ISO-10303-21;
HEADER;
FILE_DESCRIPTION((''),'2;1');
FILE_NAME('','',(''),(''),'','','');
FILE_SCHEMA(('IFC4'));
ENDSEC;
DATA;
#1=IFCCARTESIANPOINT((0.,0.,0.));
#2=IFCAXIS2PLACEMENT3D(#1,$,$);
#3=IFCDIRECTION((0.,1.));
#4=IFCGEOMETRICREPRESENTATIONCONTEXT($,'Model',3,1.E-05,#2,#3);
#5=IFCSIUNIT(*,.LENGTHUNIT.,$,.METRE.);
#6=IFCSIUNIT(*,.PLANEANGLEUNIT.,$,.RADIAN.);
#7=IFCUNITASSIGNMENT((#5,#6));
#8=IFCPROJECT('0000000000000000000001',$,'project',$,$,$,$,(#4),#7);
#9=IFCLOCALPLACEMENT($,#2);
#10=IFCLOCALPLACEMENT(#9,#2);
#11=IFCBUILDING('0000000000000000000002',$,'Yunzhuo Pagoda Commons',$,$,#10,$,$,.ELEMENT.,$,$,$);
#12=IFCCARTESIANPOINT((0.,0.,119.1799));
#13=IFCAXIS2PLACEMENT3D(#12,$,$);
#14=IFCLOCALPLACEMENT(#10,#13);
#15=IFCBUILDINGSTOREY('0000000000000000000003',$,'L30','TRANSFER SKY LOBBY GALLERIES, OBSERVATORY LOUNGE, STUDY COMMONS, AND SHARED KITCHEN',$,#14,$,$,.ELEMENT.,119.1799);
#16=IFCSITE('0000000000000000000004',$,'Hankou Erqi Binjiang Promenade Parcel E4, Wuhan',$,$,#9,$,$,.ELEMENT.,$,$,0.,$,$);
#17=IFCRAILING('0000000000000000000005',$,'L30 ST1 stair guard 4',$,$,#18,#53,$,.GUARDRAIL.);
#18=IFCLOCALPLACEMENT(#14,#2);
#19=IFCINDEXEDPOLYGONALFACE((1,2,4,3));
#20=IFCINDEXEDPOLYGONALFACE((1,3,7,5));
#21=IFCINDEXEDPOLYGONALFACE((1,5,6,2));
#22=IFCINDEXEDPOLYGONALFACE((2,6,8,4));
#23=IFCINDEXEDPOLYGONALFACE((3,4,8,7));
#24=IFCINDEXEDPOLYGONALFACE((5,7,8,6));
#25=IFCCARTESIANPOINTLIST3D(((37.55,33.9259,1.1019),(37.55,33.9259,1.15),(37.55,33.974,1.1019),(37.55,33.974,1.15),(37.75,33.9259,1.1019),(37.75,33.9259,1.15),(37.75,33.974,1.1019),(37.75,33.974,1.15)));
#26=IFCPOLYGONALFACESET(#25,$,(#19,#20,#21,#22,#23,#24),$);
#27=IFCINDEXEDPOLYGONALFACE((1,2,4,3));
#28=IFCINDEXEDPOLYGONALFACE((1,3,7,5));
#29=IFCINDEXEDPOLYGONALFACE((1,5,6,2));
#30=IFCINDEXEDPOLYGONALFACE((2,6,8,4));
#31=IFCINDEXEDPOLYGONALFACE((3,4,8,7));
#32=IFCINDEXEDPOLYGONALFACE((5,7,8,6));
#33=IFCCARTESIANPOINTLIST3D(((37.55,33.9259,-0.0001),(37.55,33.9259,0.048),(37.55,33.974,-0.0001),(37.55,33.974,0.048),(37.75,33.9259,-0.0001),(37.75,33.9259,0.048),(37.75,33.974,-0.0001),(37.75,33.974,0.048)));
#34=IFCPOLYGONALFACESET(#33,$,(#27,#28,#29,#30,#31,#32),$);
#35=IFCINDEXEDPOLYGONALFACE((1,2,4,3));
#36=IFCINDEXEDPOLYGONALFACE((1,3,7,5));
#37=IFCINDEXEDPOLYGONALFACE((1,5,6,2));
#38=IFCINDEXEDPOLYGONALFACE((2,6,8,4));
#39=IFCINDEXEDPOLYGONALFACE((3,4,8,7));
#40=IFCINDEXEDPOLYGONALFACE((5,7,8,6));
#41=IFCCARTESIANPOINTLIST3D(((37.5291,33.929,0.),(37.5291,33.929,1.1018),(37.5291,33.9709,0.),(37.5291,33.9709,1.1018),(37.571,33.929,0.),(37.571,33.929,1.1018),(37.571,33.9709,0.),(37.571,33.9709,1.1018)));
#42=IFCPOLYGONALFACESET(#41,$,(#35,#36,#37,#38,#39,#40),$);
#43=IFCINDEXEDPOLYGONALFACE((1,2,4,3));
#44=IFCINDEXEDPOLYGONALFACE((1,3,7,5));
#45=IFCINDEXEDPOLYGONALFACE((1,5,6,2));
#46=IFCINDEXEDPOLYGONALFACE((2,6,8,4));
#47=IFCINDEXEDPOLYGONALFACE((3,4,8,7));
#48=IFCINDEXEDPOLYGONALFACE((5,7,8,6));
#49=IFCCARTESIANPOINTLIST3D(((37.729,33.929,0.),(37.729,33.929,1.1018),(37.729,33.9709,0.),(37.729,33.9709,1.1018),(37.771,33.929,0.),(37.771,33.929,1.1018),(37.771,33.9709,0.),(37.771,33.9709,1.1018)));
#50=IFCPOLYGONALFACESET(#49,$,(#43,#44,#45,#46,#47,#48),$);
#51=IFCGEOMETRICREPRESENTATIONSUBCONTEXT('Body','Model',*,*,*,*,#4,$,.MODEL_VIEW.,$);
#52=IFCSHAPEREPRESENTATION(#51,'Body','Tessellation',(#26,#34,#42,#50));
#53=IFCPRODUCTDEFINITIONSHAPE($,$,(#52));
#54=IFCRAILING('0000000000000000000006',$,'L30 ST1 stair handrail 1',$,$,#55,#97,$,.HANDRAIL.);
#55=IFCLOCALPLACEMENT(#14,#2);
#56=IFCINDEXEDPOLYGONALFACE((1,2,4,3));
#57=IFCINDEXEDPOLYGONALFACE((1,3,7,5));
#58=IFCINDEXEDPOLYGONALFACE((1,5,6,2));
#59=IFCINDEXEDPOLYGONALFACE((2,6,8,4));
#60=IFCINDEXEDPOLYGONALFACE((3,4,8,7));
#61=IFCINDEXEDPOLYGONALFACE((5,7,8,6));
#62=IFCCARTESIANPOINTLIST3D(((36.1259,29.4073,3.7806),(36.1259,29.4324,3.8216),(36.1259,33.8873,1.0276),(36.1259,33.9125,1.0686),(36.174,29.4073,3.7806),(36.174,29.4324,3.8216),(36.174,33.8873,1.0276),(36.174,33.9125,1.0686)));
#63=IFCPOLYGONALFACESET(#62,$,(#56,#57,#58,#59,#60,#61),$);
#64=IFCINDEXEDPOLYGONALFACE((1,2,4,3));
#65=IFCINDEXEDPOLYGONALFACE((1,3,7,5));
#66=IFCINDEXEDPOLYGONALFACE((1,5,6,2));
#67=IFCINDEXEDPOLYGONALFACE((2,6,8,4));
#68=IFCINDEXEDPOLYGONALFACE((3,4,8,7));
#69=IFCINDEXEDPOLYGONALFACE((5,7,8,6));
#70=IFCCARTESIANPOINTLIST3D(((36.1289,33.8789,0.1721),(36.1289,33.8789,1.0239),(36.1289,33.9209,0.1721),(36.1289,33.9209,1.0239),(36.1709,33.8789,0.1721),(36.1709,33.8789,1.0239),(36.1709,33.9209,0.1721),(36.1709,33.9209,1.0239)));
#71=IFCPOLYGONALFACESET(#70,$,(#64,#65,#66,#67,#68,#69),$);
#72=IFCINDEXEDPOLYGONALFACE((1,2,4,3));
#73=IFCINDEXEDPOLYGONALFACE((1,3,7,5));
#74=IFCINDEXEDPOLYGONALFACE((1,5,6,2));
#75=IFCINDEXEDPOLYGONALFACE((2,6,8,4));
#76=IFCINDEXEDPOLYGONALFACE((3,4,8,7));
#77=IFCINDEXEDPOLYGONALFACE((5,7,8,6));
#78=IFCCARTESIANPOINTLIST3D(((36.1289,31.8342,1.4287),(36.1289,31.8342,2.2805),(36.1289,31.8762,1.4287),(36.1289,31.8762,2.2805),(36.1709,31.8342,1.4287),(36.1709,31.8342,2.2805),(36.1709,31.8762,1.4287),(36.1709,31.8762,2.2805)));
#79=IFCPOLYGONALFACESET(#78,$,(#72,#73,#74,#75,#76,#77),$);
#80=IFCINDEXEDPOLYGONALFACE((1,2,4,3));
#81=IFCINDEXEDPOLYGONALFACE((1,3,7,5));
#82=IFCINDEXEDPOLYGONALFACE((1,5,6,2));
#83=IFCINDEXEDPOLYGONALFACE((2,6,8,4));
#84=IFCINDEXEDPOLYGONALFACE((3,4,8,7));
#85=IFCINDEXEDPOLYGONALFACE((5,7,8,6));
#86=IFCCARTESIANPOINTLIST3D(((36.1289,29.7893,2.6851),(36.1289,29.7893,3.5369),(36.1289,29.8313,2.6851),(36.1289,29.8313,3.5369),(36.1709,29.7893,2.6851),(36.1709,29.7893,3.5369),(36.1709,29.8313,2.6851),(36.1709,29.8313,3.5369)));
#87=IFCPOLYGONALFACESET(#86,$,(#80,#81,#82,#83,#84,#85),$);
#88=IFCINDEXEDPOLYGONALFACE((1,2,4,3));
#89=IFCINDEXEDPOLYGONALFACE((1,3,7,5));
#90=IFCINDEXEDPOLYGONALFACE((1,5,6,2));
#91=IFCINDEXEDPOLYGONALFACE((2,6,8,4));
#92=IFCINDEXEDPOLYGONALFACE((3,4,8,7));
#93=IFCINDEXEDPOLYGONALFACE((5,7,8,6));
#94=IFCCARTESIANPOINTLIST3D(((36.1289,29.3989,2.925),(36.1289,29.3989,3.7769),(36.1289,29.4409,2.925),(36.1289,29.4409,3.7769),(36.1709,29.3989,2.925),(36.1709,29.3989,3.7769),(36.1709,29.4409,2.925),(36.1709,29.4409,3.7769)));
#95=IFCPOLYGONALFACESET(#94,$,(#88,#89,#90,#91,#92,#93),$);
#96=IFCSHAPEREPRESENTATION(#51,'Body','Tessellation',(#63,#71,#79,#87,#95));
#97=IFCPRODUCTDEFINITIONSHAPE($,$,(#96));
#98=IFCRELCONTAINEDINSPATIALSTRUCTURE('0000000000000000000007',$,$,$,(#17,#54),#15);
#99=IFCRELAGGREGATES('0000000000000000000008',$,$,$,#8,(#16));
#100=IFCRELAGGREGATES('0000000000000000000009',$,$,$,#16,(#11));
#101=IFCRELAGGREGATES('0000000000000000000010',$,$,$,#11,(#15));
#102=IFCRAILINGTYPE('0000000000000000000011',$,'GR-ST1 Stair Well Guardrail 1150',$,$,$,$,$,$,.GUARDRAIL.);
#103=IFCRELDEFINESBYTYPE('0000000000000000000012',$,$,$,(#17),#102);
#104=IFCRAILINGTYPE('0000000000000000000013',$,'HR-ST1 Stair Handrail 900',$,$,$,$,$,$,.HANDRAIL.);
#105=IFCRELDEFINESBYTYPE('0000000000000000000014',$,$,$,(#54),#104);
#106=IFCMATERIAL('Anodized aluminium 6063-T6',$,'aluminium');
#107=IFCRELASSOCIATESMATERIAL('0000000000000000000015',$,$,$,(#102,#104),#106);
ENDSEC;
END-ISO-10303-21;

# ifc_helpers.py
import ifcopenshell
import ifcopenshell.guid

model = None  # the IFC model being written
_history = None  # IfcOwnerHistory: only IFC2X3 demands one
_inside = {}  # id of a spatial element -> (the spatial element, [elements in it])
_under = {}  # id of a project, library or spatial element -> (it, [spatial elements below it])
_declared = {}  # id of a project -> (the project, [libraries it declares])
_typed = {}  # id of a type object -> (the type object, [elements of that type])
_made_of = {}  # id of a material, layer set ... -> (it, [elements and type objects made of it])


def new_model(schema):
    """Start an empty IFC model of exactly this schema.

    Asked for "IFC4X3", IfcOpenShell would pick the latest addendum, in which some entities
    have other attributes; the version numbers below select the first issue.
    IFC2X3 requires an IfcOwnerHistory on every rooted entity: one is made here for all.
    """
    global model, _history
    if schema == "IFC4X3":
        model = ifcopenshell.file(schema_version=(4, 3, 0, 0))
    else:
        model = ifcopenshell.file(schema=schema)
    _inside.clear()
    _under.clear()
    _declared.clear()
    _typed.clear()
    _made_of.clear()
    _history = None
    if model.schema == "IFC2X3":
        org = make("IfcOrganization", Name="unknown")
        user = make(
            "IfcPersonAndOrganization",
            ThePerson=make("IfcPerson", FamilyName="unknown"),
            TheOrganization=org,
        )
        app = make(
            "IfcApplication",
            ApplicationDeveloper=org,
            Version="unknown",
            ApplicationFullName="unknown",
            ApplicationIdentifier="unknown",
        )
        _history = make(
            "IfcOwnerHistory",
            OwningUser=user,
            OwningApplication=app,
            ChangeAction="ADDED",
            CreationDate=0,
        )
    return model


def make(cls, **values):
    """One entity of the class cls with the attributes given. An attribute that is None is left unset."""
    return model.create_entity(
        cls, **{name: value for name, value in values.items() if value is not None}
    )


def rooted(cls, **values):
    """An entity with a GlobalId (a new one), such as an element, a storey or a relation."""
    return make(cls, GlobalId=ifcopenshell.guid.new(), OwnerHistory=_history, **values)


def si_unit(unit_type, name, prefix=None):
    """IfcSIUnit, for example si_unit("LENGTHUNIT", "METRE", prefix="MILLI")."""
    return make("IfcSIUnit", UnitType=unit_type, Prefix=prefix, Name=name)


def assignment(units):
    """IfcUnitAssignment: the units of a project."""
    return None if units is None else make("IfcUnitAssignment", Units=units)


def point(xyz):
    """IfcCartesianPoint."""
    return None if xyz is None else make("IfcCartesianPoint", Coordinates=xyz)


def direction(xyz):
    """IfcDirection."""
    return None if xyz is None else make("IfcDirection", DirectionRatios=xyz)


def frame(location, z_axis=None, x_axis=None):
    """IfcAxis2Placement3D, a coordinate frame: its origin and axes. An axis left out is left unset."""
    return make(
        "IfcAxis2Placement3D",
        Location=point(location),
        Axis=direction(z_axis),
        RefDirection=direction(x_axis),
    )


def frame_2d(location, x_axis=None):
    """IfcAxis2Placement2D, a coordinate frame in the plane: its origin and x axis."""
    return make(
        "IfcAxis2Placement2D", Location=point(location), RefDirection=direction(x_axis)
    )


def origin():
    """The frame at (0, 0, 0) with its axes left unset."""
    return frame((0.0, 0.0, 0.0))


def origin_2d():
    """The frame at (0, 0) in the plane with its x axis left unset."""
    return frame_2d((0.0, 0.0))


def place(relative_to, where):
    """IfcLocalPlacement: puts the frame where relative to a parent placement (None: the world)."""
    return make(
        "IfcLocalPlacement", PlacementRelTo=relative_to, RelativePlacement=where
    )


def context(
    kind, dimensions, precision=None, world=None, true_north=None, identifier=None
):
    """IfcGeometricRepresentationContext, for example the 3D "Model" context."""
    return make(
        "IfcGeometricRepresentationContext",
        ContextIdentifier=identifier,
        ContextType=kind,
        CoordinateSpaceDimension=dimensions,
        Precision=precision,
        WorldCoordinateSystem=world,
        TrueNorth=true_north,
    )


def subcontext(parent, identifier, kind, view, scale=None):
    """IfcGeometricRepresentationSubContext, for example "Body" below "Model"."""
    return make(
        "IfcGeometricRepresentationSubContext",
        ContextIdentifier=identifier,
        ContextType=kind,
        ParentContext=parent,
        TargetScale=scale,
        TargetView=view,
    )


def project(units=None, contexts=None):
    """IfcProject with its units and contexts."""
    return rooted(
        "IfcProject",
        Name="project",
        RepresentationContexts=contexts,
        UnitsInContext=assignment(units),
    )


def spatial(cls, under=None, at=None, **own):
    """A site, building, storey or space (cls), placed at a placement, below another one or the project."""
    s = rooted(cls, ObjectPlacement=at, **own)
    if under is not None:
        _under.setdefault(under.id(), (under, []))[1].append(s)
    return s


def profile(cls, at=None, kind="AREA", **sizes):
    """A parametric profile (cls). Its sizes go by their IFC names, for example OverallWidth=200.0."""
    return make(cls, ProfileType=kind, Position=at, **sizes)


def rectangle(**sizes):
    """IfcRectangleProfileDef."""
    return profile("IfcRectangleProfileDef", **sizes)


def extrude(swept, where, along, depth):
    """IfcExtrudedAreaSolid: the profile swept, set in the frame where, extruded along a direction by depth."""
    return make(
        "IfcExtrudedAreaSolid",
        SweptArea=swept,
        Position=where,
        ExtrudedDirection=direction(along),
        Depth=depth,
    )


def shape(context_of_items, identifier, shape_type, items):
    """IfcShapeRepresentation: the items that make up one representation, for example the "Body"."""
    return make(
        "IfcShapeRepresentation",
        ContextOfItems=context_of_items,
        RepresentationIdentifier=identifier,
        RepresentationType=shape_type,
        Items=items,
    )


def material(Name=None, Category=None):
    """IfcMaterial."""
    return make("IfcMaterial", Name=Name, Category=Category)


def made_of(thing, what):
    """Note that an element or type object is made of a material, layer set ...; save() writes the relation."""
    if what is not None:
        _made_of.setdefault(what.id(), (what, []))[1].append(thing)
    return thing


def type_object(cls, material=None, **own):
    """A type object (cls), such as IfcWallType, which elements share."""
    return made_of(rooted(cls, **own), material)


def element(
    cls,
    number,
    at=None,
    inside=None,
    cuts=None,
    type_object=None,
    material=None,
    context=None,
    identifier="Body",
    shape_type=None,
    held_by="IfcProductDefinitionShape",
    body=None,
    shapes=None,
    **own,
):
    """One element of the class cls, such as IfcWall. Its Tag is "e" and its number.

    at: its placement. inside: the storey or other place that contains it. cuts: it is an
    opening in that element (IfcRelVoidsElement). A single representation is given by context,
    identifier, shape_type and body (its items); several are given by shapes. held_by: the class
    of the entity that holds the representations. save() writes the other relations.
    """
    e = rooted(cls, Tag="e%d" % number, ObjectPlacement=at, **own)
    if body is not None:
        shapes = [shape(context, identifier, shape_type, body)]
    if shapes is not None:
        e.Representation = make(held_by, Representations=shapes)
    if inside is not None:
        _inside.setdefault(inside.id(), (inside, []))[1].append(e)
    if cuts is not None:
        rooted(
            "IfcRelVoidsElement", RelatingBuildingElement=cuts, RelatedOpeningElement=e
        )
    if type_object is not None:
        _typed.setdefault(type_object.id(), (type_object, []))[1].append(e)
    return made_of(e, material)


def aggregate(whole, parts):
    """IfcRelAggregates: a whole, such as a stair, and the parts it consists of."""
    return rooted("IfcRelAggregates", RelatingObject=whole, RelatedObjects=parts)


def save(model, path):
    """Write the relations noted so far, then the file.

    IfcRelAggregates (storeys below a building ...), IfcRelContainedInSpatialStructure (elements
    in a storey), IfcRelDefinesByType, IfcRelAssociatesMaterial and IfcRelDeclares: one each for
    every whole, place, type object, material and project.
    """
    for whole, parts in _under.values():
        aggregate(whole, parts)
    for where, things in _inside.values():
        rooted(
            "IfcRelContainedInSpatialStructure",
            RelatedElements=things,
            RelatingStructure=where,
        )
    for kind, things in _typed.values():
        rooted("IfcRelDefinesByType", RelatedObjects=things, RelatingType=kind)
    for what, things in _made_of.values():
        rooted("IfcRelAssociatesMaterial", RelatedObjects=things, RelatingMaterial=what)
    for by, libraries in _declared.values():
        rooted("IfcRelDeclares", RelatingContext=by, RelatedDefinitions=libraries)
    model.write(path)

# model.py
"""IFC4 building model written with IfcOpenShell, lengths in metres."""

from ifc_helpers import new_model, si_unit, direction, frame, origin, origin_2d, place, context, subcontext, project, spatial, rectangle, extrude, material, type_object, element, save


model = new_model("IFC4")

# Units and contexts
model_context = context("Model", 3, precision=1e-05, world=origin(), true_north=direction((0.0, 1.0)))
body_context = subcontext(model_context, "Body", "Model", "MODEL_VIEW")
ifc_project = project(units=[si_unit("LENGTHUNIT", "METRE"), si_unit("PLANEANGLEUNIT", "RADIAN")], contexts=[model_context])

# Site, building, storey
site_placement = place(None, origin())
site = spatial("IfcSite", under=ifc_project, at=site_placement, Name="Hankou Erqi Binjiang Promenade Parcel E4, Wuhan", CompositionType="ELEMENT", RefElevation=0.0)
building_placement = place(site_placement, origin())
building = spatial("IfcBuilding", under=site, at=building_placement, Name="Yunzhuo Pagoda Commons", CompositionType="ELEMENT")
storey_placement = place(building_placement, frame((0.0, 0.0, 119.1799)))
storey = spatial("IfcBuildingStorey", under=building, at=storey_placement, Name="L30", Description="TRANSFER SKY LOBBY GALLERIES, OBSERVATORY LOUNGE, STUDY COMMONS, AND SHARED KITCHEN", CompositionType="ELEMENT", Elevation=119.1799)

# Shared definitions
ifc_material_1 = material(Name="Anodized aluminium 6063-T6", Category="aluminium")

# Railings
railing_type_1 = type_object("IfcRailingType", Name="GR-ST1 Stair Well Guardrail 1150", PredefinedType="GUARDRAIL", material=ifc_material_1)
railing_1_placement = place(storey_placement, frame((37.55, 33.95, 0.0)))
element("IfcRailing", 1, at=railing_1_placement, inside=storey, type_object=railing_type_1, Name="L30 ST1 stair guard 4", PredefinedType="GUARDRAIL", context=body_context, shape_type="SweptSolid", body=[
    extrude(rectangle(XDim=0.0481, YDim=0.0481, at=origin_2d()), frame((0.0, 0.0, 1.126), z_axis=(1.0, 0.0, 0.0), x_axis=(0.0, 1.0, 0.0)), (0.0, 0.0, 1.0), 0.2),
    extrude(rectangle(XDim=0.0481, YDim=0.0481, at=origin_2d()), frame((0.0, 0.0, 0.0239), z_axis=(1.0, 0.0, 0.0), x_axis=(0.0, 1.0, 0.0)), (0.0, 0.0, 1.0), 0.2),
    extrude(rectangle(XDim=0.042, YDim=0.042, at=origin_2d()), origin(), (0.0, 0.0, 1.0), 1.1018),
    extrude(rectangle(XDim=0.042, YDim=0.042, at=origin_2d()), frame((0.2, 0.0, 0.0)), (0.0, 0.0, 1.0), 1.1018),
])
railing_type_2 = type_object("IfcRailingType", Name="HR-ST1 Stair Handrail 900", PredefinedType="HANDRAIL", material=ifc_material_1)
railing_2_placement = place(storey_placement, frame((36.1499, 33.8999, 0.1721)))
element("IfcRailing", 2, at=railing_2_placement, inside=storey, type_object=railing_type_2, Name="L30 ST1 stair handrail 1", PredefinedType="HANDRAIL", context=body_context, shape_type="SweptSolid", body=[
    extrude(rectangle(XDim=0.0481, YDim=0.0481, at=origin_2d()), frame((0.0, 0.0, 0.876), z_axis=(0.0, -0.851996, 0.523548), x_axis=(1.0, 0.0, 0.0)), (0.0, 0.0, 1.0), 5.2583),
    extrude(rectangle(XDim=0.042, YDim=0.042, at=origin_2d()), origin(), (0.0, 0.0, 1.0), 0.8518),
    extrude(rectangle(XDim=0.042, YDim=0.042, at=origin_2d()), frame((0.0, -2.0447, 1.2566)), (0.0, 0.0, 1.0), 0.8518),
    extrude(rectangle(XDim=0.042, YDim=0.042, at=origin_2d()), frame((0.0, -4.0896, 2.5129)), (0.0, 0.0, 1.0), 0.8518),
    extrude(rectangle(XDim=0.042, YDim=0.042, at=origin_2d()), frame((0.0, -4.48, 2.7529)), (0.0, 0.0, 1.0), 0.8518),
])

save(model, "model.ifc")
